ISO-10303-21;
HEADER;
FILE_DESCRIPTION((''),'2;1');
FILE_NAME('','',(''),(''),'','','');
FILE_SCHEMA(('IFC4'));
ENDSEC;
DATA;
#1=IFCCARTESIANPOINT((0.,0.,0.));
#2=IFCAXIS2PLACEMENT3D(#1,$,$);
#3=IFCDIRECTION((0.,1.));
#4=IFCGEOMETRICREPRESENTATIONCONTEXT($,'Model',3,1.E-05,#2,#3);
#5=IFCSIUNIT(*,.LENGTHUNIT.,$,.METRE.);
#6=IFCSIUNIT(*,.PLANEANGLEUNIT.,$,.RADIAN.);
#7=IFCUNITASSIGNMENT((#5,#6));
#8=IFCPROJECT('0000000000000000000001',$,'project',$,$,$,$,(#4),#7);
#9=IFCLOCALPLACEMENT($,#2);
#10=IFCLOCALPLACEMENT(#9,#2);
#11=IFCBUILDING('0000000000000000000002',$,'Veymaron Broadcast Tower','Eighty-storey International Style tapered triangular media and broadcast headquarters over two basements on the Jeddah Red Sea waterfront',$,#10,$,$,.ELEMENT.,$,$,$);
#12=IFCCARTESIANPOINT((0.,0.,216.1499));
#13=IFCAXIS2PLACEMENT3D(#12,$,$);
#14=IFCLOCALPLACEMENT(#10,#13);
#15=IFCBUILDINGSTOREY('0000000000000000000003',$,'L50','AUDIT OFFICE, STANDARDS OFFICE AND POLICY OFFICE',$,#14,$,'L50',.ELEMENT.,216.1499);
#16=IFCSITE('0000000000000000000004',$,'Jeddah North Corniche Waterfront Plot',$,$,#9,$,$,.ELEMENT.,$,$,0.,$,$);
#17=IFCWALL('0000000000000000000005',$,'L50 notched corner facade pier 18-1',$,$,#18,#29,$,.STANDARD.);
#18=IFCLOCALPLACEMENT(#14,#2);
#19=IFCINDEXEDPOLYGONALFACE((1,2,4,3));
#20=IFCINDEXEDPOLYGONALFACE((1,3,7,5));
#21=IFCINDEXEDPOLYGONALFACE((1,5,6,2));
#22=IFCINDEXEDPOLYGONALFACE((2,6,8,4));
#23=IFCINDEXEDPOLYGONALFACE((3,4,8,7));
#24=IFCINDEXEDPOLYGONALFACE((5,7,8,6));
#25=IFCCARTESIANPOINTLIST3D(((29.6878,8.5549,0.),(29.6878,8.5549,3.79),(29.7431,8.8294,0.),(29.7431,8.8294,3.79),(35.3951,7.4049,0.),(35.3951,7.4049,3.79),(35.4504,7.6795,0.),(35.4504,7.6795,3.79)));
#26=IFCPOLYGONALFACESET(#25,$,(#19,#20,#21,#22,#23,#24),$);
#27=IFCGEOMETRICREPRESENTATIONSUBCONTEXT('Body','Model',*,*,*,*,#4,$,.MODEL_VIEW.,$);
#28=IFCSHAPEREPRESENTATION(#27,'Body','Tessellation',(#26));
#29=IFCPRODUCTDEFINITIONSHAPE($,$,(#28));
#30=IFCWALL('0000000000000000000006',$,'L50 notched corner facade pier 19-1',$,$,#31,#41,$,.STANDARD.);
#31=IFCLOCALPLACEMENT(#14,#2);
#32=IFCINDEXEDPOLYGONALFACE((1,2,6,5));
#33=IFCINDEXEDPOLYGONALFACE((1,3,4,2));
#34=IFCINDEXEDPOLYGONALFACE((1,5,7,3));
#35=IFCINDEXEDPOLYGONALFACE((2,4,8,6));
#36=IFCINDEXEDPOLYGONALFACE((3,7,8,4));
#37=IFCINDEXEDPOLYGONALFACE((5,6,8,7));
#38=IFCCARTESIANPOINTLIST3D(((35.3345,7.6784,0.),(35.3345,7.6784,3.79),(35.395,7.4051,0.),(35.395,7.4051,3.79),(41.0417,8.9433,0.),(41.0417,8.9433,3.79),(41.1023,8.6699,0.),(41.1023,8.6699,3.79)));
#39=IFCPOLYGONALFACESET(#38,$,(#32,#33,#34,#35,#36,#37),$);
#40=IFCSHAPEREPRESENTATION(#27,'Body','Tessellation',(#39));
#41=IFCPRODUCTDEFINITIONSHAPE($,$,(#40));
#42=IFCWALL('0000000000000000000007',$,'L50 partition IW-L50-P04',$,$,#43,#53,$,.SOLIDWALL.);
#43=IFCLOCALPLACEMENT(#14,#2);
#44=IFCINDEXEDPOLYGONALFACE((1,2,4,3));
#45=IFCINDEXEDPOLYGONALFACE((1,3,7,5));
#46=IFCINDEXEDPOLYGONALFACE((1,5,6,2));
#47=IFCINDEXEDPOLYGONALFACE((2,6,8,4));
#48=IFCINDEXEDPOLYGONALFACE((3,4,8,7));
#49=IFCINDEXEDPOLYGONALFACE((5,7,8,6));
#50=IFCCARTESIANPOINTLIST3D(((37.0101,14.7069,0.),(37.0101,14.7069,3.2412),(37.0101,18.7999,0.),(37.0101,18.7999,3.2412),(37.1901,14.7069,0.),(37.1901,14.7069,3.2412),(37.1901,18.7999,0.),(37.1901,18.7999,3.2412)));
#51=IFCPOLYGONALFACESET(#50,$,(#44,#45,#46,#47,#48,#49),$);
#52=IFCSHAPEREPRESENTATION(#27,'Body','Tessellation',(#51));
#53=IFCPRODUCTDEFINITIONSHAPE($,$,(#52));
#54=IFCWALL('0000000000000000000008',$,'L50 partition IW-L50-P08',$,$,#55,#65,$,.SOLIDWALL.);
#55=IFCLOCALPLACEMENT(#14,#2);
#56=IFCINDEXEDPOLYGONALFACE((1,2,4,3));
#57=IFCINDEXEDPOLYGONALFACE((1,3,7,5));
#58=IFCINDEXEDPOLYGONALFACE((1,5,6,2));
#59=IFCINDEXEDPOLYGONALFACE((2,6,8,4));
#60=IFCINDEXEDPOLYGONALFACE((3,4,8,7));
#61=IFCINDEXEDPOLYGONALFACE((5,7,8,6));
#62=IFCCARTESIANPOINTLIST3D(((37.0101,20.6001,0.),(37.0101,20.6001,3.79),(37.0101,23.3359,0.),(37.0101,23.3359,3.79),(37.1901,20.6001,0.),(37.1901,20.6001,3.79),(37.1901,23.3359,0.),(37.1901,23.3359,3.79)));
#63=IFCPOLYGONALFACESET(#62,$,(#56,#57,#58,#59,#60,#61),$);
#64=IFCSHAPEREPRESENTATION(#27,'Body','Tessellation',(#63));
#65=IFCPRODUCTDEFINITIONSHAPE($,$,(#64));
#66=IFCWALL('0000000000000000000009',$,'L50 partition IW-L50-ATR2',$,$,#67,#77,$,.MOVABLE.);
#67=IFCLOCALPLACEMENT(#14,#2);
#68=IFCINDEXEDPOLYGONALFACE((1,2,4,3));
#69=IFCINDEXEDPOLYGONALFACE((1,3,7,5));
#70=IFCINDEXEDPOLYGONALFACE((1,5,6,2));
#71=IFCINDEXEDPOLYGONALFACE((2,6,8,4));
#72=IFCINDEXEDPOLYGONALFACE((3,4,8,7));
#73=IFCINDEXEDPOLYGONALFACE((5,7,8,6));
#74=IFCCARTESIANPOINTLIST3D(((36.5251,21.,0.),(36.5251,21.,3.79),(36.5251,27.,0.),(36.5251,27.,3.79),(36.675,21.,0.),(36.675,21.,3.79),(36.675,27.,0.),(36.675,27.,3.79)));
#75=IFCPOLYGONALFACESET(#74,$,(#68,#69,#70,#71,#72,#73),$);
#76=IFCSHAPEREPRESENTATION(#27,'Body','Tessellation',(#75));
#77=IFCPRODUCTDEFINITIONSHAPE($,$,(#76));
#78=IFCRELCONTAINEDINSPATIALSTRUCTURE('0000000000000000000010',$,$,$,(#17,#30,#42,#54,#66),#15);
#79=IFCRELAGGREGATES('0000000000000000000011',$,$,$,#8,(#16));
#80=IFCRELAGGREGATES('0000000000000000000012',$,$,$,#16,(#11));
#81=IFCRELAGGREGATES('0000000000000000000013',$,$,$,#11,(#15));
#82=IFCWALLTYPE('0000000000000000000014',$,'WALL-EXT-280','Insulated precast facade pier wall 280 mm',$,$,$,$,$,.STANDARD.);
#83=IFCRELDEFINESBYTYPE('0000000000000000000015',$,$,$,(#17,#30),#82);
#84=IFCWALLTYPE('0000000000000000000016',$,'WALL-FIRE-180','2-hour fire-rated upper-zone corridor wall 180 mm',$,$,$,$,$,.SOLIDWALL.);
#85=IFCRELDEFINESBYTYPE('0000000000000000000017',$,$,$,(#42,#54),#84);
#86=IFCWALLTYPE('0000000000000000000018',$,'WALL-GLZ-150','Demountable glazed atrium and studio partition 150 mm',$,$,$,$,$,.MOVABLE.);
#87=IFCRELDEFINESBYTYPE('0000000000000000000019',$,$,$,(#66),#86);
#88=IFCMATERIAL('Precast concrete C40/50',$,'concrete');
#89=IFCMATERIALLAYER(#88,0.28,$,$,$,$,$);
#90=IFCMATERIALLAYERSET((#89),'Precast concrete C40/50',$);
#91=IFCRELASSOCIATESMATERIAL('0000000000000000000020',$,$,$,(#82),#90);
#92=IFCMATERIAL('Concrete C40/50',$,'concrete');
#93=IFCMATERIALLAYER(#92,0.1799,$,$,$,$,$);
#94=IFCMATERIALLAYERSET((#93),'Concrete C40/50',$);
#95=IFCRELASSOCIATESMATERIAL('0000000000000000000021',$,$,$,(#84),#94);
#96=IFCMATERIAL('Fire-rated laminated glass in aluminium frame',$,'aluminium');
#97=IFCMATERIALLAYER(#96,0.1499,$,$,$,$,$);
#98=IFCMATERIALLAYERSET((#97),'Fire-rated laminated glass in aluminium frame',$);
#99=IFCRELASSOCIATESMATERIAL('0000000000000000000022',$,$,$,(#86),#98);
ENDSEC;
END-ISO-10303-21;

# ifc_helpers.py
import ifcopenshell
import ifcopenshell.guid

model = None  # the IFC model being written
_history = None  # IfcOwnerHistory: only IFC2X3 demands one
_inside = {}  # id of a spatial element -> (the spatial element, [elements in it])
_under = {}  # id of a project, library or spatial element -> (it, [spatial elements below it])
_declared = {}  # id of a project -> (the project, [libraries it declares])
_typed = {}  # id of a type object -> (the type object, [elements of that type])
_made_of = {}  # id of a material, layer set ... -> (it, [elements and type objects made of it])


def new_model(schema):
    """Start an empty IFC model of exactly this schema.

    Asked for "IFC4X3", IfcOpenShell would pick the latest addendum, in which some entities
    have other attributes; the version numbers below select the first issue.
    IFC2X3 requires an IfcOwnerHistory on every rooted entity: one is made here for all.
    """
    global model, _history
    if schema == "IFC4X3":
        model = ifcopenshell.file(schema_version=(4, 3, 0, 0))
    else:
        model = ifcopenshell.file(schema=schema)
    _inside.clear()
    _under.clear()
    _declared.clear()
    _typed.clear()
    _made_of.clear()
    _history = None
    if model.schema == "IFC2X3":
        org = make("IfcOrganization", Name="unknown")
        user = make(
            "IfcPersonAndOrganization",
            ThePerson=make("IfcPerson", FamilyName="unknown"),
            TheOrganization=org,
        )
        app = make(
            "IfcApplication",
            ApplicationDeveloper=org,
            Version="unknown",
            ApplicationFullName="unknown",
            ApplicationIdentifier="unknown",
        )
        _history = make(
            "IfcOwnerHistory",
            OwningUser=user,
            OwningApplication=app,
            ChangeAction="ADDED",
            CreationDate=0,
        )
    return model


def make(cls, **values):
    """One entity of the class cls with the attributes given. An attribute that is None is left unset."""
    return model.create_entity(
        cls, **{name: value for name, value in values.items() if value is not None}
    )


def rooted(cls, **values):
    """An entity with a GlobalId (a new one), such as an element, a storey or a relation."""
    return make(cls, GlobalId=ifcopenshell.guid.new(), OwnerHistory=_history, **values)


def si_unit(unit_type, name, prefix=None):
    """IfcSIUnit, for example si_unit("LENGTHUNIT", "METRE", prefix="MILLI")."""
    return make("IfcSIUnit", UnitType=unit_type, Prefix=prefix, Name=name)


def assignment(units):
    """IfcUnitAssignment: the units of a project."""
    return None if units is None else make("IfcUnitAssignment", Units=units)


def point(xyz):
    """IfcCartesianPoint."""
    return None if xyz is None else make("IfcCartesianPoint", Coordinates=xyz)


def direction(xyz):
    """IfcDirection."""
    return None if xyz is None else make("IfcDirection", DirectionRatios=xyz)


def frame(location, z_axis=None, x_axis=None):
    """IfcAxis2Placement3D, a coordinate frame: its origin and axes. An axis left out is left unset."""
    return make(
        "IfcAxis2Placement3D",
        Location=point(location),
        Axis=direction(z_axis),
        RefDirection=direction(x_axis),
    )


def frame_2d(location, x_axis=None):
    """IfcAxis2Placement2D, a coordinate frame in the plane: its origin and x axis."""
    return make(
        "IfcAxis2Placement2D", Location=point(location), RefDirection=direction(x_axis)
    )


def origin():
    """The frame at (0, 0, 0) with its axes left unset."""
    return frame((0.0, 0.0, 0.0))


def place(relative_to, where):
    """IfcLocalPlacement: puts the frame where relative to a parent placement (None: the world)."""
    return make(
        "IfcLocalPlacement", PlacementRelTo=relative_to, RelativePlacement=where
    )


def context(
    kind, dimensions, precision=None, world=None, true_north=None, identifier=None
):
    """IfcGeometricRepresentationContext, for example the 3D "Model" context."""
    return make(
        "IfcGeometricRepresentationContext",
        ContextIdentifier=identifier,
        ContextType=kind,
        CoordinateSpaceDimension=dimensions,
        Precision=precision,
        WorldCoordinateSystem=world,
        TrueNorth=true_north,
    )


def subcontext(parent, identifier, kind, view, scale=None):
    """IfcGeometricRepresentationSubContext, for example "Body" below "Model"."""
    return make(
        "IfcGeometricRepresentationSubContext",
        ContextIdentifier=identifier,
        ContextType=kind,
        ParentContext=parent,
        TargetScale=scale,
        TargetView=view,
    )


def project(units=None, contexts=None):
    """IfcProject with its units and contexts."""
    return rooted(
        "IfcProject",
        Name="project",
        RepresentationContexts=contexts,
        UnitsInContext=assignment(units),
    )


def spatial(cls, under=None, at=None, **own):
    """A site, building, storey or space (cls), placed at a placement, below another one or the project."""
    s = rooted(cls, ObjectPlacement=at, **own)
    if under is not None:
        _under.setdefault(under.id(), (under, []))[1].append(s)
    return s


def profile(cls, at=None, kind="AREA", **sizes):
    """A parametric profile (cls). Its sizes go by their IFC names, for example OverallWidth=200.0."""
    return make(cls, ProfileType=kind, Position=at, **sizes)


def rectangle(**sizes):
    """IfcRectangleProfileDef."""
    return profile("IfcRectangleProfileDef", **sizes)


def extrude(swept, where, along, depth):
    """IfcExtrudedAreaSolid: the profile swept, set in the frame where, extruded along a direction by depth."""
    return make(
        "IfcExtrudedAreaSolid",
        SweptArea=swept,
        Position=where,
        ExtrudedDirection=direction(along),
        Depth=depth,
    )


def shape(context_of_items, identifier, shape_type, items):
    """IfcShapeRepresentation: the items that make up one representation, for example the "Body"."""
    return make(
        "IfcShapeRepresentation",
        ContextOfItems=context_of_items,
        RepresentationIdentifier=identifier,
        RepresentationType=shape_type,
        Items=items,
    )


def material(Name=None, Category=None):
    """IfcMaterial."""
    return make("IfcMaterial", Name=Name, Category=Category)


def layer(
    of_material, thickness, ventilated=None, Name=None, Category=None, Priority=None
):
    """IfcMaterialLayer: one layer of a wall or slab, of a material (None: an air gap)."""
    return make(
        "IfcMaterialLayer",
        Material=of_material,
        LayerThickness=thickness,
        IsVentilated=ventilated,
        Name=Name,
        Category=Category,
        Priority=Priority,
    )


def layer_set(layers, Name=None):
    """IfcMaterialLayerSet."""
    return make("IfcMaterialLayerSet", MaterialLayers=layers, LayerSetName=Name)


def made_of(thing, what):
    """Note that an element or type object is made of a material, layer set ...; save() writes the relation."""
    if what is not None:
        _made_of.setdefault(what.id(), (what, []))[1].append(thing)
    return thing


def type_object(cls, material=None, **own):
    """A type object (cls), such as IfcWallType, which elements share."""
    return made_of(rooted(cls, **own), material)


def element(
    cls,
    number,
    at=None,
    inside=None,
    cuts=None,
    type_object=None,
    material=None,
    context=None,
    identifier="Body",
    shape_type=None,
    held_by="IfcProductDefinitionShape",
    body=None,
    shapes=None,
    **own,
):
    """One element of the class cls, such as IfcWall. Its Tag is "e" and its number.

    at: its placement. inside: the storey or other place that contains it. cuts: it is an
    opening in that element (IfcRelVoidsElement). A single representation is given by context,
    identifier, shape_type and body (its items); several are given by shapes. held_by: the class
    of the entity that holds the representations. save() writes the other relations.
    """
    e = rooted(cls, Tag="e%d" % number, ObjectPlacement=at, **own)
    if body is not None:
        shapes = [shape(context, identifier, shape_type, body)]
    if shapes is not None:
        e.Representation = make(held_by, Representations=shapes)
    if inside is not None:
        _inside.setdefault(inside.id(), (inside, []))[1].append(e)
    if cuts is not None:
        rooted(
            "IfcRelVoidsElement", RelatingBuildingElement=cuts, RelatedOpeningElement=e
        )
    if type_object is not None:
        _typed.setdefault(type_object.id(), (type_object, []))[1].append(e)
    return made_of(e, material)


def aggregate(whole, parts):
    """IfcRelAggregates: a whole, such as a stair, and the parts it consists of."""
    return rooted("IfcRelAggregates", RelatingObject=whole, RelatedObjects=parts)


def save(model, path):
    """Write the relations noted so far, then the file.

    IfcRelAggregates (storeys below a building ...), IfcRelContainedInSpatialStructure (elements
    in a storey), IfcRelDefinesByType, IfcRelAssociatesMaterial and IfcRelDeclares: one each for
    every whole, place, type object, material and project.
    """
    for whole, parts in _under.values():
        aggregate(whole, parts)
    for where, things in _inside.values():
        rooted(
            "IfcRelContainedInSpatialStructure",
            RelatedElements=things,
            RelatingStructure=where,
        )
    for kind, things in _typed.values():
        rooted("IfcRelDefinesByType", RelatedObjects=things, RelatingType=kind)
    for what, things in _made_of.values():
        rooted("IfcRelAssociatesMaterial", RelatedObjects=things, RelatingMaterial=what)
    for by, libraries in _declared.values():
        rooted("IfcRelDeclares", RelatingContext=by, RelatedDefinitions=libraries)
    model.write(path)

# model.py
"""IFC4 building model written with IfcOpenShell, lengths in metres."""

from ifc_helpers import new_model, si_unit, direction, frame, frame_2d, origin, place, context, subcontext, project, spatial, rectangle, extrude, material, layer, layer_set, type_object, element, save


model = new_model("IFC4")

# Units and contexts
model_context = context("Model", 3, precision=1e-05, world=origin(), true_north=direction((0.0, 1.0)))
body_context = subcontext(model_context, "Body", "Model", "MODEL_VIEW")
ifc_project = project(units=[si_unit("LENGTHUNIT", "METRE"), si_unit("PLANEANGLEUNIT", "RADIAN")], contexts=[model_context])

# Site, building, storey
site_placement = place(None, origin())
site = spatial("IfcSite", under=ifc_project, at=site_placement, Name="Jeddah North Corniche Waterfront Plot", CompositionType="ELEMENT", RefElevation=0.0)
building_placement = place(site_placement, origin())
building = spatial("IfcBuilding", under=site, at=building_placement, Name="Veymaron Broadcast Tower", Description="Eighty-storey International Style tapered triangular media and broadcast headquarters over two basements on the Jeddah Red Sea waterfront", CompositionType="ELEMENT")
storey_placement = place(building_placement, frame((0.0, 0.0, 216.1499)))
storey = spatial("IfcBuildingStorey", under=building, at=storey_placement, Name="L50", Description="AUDIT OFFICE, STANDARDS OFFICE AND POLICY OFFICE", LongName="L50", CompositionType="ELEMENT", Elevation=216.1499)

# Walls
ifc_material_1 = material(Name="Precast concrete C40/50", Category="concrete")
ifc_layer_1 = layer(ifc_material_1, 0.28)
ifc_layer_set_1 = layer_set([ifc_layer_1], Name="Precast concrete C40/50")
wall_type_1 = type_object("IfcWallType", Name="WALL-EXT-280", Description="Insulated precast facade pier wall 280 mm", PredefinedType="STANDARD", material=ifc_layer_set_1)
wall_1_placement = place(storey_placement, frame((29.7153, 8.6921, 0.0), z_axis=(0.0, 0.0, 1.0), x_axis=(0.980301, -0.197511, 0.0)))
element("IfcWall", 1, at=wall_1_placement, inside=storey, type_object=wall_type_1, Name="L50 notched corner facade pier 18-1", PredefinedType="STANDARD", context=body_context, shape_type="SweptSolid", body=[
    extrude(rectangle(XDim=5.822, YDim=0.28, at=frame_2d((2.9111, 0.0))), origin(), (0.0, 0.0, 1.0), 3.79),
])
wall_2_placement = place(storey_placement, frame((35.3647, 7.5417, 0.0), z_axis=(0.0, 0.0, 1.0), x_axis=(0.97631, 0.216378, 0.0)))
element("IfcWall", 2, at=wall_2_placement, inside=storey, type_object=wall_type_1, Name="L50 notched corner facade pier 19-1", PredefinedType="STANDARD", context=body_context, shape_type="SweptSolid", body=[
    extrude(rectangle(XDim=5.8457, YDim=0.28, at=frame_2d((2.9229, 0.0))), origin(), (0.0, 0.0, 1.0), 3.79),
])

# Shared definitions
ifc_material_2 = material(Name="Concrete C40/50", Category="concrete")
ifc_layer_2 = layer(ifc_material_2, 0.1799)
ifc_layer_set_2 = layer_set([ifc_layer_2], Name="Concrete C40/50")
wall_type_2 = type_object("IfcWallType", Name="WALL-FIRE-180", Description="2-hour fire-rated upper-zone corridor wall 180 mm", PredefinedType="SOLIDWALL", material=ifc_layer_set_2)

# Walls
wall_3_placement = place(storey_placement, frame((37.1001, 14.707, 0.0), z_axis=(0.0, 0.0, 1.0), x_axis=(0.0, 1.0, 0.0)))
element("IfcWall", 3, at=wall_3_placement, inside=storey, type_object=wall_type_2, Name="L50 partition IW-L50-P04", PredefinedType="SOLIDWALL", context=body_context, shape_type="SweptSolid", body=[
    extrude(rectangle(XDim=4.093, YDim=0.1799, at=frame_2d((2.0464, 0.0))), origin(), (0.0, 0.0, 1.0), 3.2412),
])
wall_4_placement = place(storey_placement, frame((37.1001, 20.6001, 0.0), z_axis=(0.0, 0.0, 1.0), x_axis=(0.0, 1.0, 0.0)))
element("IfcWall", 4, at=wall_4_placement, inside=storey, type_object=wall_type_2, Name="L50 partition IW-L50-P08", PredefinedType="SOLIDWALL", context=body_context, shape_type="SweptSolid", body=[
    extrude(rectangle(XDim=2.7358, YDim=0.1799, at=frame_2d((1.3679, 0.0))), origin(), (0.0, 0.0, 1.0), 3.79),
])
ifc_material_3 = material(Name="Fire-rated laminated glass in aluminium frame", Category="aluminium")
ifc_layer_3 = layer(ifc_material_3, 0.1499)
ifc_layer_set_3 = layer_set([ifc_layer_3], Name="Fire-rated laminated glass in aluminium frame")
wall_type_3 = type_object("IfcWallType", Name="WALL-GLZ-150", Description="Demountable glazed atrium and studio partition 150 mm", PredefinedType="MOVABLE", material=ifc_layer_set_3)
wall_5_placement = place(storey_placement, frame((36.6001, 21.0, 0.0), z_axis=(0.0, 0.0, 1.0), x_axis=(0.0, 1.0, 0.0)))
element("IfcWall", 5, at=wall_5_placement, inside=storey, type_object=wall_type_3, Name="L50 partition IW-L50-ATR2", PredefinedType="MOVABLE", context=body_context, shape_type="SweptSolid", body=[
    extrude(rectangle(XDim=6.0, YDim=0.1499, at=frame_2d((3.0, 0.0))), origin(), (0.0, 0.0, 1.0), 3.79),
])

save(model, "model.ifc")
